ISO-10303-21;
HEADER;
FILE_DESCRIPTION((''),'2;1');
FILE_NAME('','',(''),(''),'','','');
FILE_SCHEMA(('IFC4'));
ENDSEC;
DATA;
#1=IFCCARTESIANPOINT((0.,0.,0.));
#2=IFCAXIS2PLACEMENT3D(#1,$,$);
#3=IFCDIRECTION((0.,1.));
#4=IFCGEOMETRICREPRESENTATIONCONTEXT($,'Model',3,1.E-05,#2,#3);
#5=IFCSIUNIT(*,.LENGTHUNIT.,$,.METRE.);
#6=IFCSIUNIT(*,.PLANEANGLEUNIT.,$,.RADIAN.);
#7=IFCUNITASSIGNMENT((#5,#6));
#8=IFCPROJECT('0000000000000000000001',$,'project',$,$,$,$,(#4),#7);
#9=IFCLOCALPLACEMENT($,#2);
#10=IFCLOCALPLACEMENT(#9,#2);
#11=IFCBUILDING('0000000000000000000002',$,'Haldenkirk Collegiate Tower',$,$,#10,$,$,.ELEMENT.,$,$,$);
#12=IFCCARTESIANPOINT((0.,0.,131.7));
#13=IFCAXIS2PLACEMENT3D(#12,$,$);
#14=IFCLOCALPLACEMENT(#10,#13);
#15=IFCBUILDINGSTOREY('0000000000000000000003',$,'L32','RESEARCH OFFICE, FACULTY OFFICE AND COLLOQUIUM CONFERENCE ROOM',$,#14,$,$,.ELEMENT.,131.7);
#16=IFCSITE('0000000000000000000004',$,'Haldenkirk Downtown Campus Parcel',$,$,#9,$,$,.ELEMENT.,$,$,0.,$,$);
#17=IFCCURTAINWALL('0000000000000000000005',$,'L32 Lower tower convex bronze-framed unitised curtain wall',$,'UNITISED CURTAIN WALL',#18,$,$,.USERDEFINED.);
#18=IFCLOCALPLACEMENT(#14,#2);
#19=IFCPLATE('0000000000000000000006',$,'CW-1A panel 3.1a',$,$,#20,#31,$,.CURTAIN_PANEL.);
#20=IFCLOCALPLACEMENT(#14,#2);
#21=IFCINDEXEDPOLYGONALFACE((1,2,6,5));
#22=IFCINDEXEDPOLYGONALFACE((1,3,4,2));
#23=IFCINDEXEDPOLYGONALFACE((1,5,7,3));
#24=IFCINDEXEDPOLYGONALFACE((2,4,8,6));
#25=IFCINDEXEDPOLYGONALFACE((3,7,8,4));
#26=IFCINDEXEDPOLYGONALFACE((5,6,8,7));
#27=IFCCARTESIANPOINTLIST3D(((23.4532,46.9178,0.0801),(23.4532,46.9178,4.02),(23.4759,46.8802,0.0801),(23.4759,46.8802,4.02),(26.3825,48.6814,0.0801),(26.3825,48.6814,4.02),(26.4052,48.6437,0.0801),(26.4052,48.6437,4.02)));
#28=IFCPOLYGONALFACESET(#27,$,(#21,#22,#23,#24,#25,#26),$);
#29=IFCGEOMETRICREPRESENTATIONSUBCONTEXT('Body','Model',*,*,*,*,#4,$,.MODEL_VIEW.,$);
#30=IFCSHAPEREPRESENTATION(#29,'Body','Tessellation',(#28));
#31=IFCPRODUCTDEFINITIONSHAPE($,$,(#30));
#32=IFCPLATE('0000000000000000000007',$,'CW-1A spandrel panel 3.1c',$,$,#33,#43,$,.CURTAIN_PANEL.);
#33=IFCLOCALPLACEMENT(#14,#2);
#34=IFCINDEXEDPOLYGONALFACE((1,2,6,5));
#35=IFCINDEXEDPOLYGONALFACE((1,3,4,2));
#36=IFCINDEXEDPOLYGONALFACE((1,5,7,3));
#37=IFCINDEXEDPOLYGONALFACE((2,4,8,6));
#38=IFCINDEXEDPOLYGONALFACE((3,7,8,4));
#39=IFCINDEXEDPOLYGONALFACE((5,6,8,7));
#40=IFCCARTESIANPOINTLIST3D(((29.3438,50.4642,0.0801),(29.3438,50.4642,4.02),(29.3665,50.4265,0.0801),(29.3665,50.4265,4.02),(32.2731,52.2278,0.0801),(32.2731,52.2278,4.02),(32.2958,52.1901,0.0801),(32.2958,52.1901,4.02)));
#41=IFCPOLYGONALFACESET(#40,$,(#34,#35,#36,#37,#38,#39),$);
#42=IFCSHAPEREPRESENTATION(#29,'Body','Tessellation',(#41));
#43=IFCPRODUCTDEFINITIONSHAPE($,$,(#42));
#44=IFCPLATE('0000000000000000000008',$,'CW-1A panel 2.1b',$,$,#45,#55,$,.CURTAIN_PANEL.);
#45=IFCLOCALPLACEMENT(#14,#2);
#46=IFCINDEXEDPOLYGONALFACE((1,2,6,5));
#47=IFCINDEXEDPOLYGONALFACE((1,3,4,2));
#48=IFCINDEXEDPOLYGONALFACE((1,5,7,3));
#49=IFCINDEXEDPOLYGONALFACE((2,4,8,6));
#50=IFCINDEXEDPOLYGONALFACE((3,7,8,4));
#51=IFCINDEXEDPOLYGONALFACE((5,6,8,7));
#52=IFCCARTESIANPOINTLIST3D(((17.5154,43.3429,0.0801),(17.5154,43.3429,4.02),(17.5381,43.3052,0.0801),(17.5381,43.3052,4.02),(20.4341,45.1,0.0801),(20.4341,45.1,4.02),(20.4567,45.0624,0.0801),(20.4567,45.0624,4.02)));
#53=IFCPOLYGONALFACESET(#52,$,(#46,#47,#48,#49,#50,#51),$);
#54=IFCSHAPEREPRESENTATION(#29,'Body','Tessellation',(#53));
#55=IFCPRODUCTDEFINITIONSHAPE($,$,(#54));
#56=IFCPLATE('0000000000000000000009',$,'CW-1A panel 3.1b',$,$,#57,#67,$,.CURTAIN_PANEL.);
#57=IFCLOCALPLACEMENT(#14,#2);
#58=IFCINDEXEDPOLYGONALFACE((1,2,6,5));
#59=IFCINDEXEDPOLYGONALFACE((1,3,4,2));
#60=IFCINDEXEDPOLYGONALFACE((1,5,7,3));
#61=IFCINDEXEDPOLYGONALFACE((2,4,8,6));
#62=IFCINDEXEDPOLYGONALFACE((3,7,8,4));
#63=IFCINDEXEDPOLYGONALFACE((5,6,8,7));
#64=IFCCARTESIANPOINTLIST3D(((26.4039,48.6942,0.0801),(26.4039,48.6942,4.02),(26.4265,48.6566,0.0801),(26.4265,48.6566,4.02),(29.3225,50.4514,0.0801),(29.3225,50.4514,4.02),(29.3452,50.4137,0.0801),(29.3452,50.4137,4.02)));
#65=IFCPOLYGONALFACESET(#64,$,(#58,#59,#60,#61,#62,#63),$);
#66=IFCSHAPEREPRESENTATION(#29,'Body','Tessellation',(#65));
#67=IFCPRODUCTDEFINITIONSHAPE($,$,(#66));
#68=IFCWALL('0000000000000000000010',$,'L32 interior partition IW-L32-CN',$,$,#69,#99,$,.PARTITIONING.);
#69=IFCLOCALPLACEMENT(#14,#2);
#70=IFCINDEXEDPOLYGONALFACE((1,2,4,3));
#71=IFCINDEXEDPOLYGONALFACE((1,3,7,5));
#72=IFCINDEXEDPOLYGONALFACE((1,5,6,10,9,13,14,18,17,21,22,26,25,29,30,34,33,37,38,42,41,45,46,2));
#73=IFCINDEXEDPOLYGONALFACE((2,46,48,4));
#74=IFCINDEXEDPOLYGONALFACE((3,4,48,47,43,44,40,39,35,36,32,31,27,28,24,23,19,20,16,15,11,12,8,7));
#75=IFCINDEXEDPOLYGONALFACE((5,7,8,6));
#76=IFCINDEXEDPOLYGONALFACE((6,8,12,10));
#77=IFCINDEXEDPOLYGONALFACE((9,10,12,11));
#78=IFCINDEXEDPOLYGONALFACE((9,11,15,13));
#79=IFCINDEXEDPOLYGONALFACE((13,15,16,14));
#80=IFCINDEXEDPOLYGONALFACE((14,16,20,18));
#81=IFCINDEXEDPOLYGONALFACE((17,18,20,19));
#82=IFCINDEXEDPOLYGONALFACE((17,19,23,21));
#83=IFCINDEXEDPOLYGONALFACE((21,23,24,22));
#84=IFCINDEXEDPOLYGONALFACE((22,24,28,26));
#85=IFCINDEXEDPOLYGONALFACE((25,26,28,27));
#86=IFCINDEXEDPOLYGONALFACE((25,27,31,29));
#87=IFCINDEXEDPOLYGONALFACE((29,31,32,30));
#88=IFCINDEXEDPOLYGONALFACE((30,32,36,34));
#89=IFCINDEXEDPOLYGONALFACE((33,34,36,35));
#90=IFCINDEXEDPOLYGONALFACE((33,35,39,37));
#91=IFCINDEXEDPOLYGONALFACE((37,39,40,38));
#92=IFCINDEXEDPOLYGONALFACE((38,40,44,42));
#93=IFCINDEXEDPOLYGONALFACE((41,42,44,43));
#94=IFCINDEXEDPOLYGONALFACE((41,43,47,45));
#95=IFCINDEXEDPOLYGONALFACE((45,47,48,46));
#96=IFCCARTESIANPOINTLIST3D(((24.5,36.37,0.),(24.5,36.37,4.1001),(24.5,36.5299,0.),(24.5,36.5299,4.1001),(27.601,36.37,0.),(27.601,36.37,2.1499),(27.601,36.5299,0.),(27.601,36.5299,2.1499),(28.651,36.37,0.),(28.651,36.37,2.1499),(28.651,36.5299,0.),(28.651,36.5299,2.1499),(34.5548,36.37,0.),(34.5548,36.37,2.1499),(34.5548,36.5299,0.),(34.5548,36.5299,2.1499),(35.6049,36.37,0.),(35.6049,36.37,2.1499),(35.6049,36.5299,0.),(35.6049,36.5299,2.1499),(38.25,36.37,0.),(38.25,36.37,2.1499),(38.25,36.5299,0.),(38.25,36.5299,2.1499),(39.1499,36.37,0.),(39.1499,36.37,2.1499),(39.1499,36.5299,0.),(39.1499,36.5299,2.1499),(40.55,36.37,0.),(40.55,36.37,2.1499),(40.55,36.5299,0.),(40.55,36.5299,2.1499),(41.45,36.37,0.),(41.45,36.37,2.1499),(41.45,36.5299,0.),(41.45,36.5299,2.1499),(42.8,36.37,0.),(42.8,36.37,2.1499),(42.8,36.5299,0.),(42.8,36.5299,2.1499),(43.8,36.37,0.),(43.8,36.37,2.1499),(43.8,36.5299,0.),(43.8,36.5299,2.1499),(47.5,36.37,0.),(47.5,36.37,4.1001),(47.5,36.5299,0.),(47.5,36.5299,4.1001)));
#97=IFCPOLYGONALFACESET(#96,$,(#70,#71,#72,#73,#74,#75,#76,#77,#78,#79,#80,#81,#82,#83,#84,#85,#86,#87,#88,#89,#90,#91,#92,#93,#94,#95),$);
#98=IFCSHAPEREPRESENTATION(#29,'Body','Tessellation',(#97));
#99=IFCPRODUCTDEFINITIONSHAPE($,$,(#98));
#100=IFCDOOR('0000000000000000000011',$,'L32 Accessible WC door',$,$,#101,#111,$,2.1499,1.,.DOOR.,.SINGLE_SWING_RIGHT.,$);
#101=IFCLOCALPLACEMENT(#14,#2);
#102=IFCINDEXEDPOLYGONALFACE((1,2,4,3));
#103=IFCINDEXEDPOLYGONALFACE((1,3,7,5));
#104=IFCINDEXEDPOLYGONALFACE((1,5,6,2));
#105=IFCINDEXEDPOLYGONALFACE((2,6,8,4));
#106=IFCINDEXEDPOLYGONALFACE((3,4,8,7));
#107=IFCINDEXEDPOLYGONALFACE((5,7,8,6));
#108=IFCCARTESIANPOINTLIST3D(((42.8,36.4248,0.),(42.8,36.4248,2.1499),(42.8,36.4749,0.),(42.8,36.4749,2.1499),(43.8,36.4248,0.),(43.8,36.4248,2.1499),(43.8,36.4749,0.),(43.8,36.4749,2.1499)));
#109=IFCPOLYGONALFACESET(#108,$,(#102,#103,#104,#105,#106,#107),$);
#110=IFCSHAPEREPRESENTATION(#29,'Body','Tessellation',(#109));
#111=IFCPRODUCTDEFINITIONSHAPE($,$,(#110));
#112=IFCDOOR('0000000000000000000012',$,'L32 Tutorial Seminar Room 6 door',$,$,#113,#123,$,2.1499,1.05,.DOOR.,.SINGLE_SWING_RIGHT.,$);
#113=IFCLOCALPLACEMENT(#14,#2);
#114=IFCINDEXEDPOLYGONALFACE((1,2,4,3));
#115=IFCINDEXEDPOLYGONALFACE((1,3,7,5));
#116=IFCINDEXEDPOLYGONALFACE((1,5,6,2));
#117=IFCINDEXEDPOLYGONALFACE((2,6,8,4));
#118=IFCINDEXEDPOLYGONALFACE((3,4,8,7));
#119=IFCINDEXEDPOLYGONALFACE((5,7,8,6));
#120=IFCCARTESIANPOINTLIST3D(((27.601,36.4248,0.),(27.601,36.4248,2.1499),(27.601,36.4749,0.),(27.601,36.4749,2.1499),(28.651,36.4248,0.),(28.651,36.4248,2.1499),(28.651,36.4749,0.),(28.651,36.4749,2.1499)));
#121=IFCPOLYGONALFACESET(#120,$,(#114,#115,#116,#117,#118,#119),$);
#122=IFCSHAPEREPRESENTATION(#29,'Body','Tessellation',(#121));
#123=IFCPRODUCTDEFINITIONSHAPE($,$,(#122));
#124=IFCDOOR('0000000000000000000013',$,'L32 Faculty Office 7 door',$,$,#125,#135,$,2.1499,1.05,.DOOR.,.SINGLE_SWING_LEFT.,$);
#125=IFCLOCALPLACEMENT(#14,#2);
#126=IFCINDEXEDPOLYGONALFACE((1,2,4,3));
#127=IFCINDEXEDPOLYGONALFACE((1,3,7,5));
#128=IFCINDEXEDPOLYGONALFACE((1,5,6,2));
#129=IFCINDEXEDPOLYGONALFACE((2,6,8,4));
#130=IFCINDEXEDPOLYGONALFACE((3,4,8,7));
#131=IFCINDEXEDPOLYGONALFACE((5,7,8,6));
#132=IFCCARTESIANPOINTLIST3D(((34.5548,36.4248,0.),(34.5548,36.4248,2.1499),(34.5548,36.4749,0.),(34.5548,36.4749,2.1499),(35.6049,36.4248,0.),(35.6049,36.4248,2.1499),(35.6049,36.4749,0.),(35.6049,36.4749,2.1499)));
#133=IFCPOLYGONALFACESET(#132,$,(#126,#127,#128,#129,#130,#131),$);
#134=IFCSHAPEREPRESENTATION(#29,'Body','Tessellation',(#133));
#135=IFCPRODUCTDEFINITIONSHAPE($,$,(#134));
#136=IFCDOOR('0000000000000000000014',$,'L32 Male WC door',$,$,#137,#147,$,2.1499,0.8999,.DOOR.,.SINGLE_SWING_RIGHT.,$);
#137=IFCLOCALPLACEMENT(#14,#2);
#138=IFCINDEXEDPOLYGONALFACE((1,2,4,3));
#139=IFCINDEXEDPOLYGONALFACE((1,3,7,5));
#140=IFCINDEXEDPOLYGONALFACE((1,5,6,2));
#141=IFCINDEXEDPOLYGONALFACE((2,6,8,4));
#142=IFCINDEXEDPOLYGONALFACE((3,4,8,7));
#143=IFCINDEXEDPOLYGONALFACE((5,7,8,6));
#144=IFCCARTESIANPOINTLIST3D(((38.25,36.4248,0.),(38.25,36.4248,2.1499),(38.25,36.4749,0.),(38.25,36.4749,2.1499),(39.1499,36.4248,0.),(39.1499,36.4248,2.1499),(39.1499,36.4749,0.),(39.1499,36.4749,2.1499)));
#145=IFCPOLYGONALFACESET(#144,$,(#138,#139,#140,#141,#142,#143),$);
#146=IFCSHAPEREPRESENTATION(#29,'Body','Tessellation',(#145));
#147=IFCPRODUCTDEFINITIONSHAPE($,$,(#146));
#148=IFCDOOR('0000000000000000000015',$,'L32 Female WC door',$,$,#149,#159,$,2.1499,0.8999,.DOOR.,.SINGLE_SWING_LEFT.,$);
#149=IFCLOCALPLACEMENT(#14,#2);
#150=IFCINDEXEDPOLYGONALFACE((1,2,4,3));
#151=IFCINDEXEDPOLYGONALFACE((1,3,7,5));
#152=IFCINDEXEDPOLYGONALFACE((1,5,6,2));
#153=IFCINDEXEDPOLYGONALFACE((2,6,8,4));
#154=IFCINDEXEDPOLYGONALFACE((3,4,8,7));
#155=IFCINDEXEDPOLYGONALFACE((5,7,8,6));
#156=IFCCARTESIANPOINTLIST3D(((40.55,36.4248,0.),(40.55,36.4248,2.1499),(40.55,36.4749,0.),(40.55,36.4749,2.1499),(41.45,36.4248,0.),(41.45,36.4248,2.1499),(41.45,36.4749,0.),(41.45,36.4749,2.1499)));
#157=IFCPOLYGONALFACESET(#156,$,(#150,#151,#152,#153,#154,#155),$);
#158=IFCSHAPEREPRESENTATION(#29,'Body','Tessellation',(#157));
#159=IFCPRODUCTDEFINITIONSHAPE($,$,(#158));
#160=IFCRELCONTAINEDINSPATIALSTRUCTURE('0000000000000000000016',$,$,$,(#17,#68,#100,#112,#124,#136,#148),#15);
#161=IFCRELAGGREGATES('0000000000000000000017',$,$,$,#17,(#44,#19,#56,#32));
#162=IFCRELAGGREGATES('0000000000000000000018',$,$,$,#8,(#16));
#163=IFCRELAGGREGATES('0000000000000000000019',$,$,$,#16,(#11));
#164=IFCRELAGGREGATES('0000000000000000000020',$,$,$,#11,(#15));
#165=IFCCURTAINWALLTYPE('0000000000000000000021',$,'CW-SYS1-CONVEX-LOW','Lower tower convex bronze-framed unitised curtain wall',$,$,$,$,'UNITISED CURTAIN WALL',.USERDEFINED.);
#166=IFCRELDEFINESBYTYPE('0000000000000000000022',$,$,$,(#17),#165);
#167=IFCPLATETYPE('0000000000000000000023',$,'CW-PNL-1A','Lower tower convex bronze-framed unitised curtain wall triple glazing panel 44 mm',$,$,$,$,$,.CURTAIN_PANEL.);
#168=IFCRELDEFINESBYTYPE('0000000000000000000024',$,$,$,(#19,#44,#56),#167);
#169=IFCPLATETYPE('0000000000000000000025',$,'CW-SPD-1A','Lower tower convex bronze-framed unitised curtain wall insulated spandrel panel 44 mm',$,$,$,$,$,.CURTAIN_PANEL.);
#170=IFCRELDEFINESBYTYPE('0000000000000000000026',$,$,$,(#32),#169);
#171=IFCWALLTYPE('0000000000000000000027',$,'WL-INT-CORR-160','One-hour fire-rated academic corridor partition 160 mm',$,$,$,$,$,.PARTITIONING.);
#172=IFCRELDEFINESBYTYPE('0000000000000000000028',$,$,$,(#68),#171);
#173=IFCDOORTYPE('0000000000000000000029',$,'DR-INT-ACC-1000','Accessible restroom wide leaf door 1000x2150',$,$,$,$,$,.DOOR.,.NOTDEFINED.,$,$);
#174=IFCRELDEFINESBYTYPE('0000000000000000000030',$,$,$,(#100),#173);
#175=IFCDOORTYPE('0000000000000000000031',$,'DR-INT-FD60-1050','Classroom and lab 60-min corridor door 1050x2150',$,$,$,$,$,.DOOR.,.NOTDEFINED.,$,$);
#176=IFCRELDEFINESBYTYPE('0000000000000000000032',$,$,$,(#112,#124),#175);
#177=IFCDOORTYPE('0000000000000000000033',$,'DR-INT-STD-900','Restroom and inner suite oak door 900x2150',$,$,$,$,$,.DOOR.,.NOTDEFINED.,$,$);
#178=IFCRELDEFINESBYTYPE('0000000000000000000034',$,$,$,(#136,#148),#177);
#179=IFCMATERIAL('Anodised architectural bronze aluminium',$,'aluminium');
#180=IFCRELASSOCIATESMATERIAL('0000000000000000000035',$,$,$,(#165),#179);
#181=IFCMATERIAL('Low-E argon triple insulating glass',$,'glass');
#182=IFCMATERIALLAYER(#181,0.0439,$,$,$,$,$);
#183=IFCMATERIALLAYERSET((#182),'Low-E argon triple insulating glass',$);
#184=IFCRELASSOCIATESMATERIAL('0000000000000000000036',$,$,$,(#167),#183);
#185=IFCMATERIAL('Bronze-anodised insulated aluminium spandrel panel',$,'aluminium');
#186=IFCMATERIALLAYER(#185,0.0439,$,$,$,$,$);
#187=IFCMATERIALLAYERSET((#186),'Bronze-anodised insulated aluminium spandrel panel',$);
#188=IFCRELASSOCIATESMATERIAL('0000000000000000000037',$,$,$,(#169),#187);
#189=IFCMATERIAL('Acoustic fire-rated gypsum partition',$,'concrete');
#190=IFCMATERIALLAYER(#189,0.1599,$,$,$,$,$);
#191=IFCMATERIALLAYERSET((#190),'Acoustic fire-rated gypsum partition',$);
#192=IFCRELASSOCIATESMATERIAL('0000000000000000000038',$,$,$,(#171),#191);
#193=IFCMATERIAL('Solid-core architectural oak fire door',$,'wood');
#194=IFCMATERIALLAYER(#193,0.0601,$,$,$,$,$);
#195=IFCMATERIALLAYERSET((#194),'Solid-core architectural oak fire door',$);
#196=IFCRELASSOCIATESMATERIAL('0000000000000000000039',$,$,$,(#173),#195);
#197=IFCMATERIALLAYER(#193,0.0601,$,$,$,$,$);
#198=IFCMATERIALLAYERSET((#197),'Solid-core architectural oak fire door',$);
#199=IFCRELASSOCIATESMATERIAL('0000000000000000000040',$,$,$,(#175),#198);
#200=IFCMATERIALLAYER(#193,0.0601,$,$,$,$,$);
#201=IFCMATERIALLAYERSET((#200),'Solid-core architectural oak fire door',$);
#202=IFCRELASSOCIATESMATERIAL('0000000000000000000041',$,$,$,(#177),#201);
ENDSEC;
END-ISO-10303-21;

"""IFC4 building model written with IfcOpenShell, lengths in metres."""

from ifc_helpers import new_model, si_unit, direction, frame, frame_2d, origin, origin_2d, place, context, subcontext, project, spatial, rectangle, extrude, source, transform, mapped, material, layer, layer_set, type_object, element, fill, aggregate, save


model = new_model("IFC4")

# Units and contexts
model_context = context("Model", 3, precision=1e-05, world=origin(), true_north=direction((0.0, 1.0)))
body_context = subcontext(model_context, "Body", "Model", "MODEL_VIEW")
ifc_project = project(units=[si_unit("LENGTHUNIT", "METRE"), si_unit("PLANEANGLEUNIT", "RADIAN")], contexts=[model_context])

# Site, building, storey
site_placement = place(None, origin())
site = spatial("IfcSite", under=ifc_project, at=site_placement, Name="Haldenkirk Downtown Campus Parcel", CompositionType="ELEMENT", RefElevation=0.0)
building_placement = place(site_placement, origin())
building = spatial("IfcBuilding", under=site, at=building_placement, Name="Haldenkirk Collegiate Tower", CompositionType="ELEMENT")
storey_placement = place(building_placement, frame((0.0, 0.0, 131.7)))
storey = spatial("IfcBuildingStorey", under=building, at=storey_placement, Name="L32", Description="RESEARCH OFFICE, FACULTY OFFICE AND COLLOQUIUM CONFERENCE ROOM", CompositionType="ELEMENT", Elevation=131.7)

# Curtain wall, plates
ifc_material_1 = material(Name="Anodised architectural bronze aluminium", Category="aluminium")
curtain_wall_type = type_object("IfcCurtainWallType", Name="CW-SYS1-CONVEX-LOW", Description="Lower tower convex bronze-framed unitised curtain wall", ElementType="UNITISED CURTAIN WALL", PredefinedType="USERDEFINED", material=ifc_material_1)
curtain_wall_placement = place(storey_placement, origin())
curtain_wall = element("IfcCurtainWall", 1, at=curtain_wall_placement, inside=storey, type_object=curtain_wall_type, Name="L32 Lower tower convex bronze-framed unitised curtain wall", ObjectType="UNITISED CURTAIN WALL", PredefinedType="USERDEFINED")
ifc_material_2 = material(Name="Low-E argon triple insulating glass", Category="glass")
ifc_layer_1 = layer(ifc_material_2, 0.0439)
ifc_layer_set_1 = layer_set([ifc_layer_1], Name="Low-E argon triple insulating glass")
plate_type_1 = type_object("IfcPlateType", Name="CW-PNL-1A", Description="Lower tower convex bronze-framed unitised curtain wall triple glazing panel 44 mm", PredefinedType="CURTAIN_PANEL", material=ifc_layer_set_1)
shared_shape_1 = source(origin(), body_context, "Body", "SweptSolid", [
    extrude(rectangle(XDim=3.4192, YDim=0.0439, at=origin_2d()), origin(), (0.0, 0.0, 1.0), 3.9399),
])
ifc_material_3 = material(Name="Bronze-anodised insulated aluminium spandrel panel", Category="aluminium")
ifc_layer_2 = layer(ifc_material_3, 0.0439)
ifc_layer_set_2 = layer_set([ifc_layer_2], Name="Bronze-anodised insulated aluminium spandrel panel")
plate_type_2 = type_object("IfcPlateType", Name="CW-SPD-1A", Description="Lower tower convex bronze-framed unitised curtain wall insulated spandrel panel 44 mm", PredefinedType="CURTAIN_PANEL", material=ifc_layer_set_2)
plate_1_placement = place(storey_placement, frame((24.9292, 47.7808, 0.0801), z_axis=(0.0, 0.0, 1.0), x_axis=(0.856718, 0.515784, 0.0)))
plate_1 = element("IfcPlate", 2, at=plate_1_placement, type_object=plate_type_1, Name="CW-1A panel 3.1a", PredefinedType="CURTAIN_PANEL", context=body_context, shape_type="MappedRepresentation", body=[
    mapped(shared_shape_1, transform((0.0, 0.0, 0.0), x_axis=(1.0, 0.0, 0.0), y_axis=(0.0, 1.0, 0.0), z_axis=(0.0, 0.0, 1.0), scale=1.0)),
])
plate_2_placement = place(storey_placement, frame((30.8198, 51.3271, 0.0801), z_axis=(0.0, 0.0, 1.0), x_axis=(0.856718, 0.515784, 0.0)))
plate_2 = element("IfcPlate", 3, at=plate_2_placement, type_object=plate_type_2, Name="CW-1A spandrel panel 3.1c", PredefinedType="CURTAIN_PANEL", context=body_context, shape_type="MappedRepresentation", body=[
    mapped(shared_shape_1, transform((0.0, 0.0, 0.0), x_axis=(1.0, 0.0, 0.0), y_axis=(0.0, 1.0, 0.0), z_axis=(0.0, 0.0, 1.0), scale=1.0)),
])
shared_shape_2 = source(origin(), body_context, "Body", "SweptSolid", [
    extrude(rectangle(XDim=3.4067, YDim=0.0439, at=origin_2d()), origin(), (0.0, 0.0, 1.0), 3.9399),
])
plate_3_placement = place(storey_placement, frame((18.9861, 44.2026, 0.0801), z_axis=(0.0, 0.0, 1.0), x_axis=(0.856718, 0.515784, 0.0)))
plate_3 = element("IfcPlate", 4, at=plate_3_placement, type_object=plate_type_1, Name="CW-1A panel 2.1b", PredefinedType="CURTAIN_PANEL", context=body_context, shape_type="MappedRepresentation", body=[
    mapped(shared_shape_2, transform((0.0, 0.0, 0.0), x_axis=(1.0, 0.0, 0.0), y_axis=(0.0, 1.0, 0.0), z_axis=(0.0, 0.0, 1.0), scale=1.0)),
])
plate_4_placement = place(storey_placement, frame((27.8745, 49.554, 0.0801), z_axis=(0.0, 0.0, 1.0), x_axis=(0.856718, 0.515784, 0.0)))
plate_4 = element("IfcPlate", 5, at=plate_4_placement, type_object=plate_type_1, Name="CW-1A panel 3.1b", PredefinedType="CURTAIN_PANEL", context=body_context, shape_type="MappedRepresentation", body=[
    mapped(shared_shape_2, transform((0.0, 0.0, 0.0), x_axis=(1.0, 0.0, 0.0), y_axis=(0.0, 1.0, 0.0), z_axis=(0.0, 0.0, 1.0), scale=1.0)),
])
aggregate(curtain_wall, [plate_3, plate_1, plate_4, plate_2])

# Wall, openings, doors
ifc_material_4 = material(Name="Acoustic fire-rated gypsum partition", Category="concrete")
ifc_layer_3 = layer(ifc_material_4, 0.1599)
ifc_layer_set_3 = layer_set([ifc_layer_3], Name="Acoustic fire-rated gypsum partition")
wall_type_1 = type_object("IfcWallType", Name="WL-INT-CORR-160", Description="One-hour fire-rated academic corridor partition 160 mm", PredefinedType="PARTITIONING", material=ifc_layer_set_3)
wall_1_placement = place(storey_placement, frame((24.5, 36.45, 0.0), z_axis=(0.0, 0.0, 1.0), x_axis=(1.0, 0.0, 0.0)))
wall_1 = element("IfcWall", 6, at=wall_1_placement, inside=storey, type_object=wall_type_1, Name="L32 interior partition IW-L32-CN", PredefinedType="PARTITIONING", context=body_context, shape_type="SweptSolid", body=[
    extrude(rectangle(XDim=23.0, YDim=0.1599, at=frame_2d((11.5, 0.0))), origin(), (0.0, 0.0, 1.0), 4.1001),
])
opening_1_placement = place(wall_1_placement, frame((13.75, 0.0, 0.0)))
opening_1 = element("IfcOpeningElement", 7, at=opening_1_placement, cuts=wall_1, PredefinedType="OPENING", context=body_context, shape_type="SweptSolid", body=[
    extrude(rectangle(XDim=0.8999, YDim=2.1499, at=frame_2d((0.45, 1.075))), frame((0.0, 0.0898, 0.0), z_axis=(0.0, -1.0, 0.0), x_axis=(1.0, 0.0, 0.0)), (0.0, 0.0, 1.0), 0.1799),
])
opening_2_placement = place(wall_1_placement, frame((16.05, 0.0, 0.0)))
opening_2 = element("IfcOpeningElement", 8, at=opening_2_placement, cuts=wall_1, PredefinedType="OPENING", context=body_context, shape_type="SweptSolid", body=[
    extrude(rectangle(XDim=0.8999, YDim=2.1499, at=frame_2d((0.45, 1.075))), frame((0.0, 0.0898, 0.0), z_axis=(0.0, -1.0, 0.0), x_axis=(1.0, 0.0, 0.0)), (0.0, 0.0, 1.0), 0.1799),
])
opening_3_placement = place(wall_1_placement, frame((18.3, 0.0, 0.0)))
opening_3 = element("IfcOpeningElement", 9, at=opening_3_placement, cuts=wall_1, PredefinedType="OPENING", context=body_context, shape_type="SweptSolid", body=[
    extrude(rectangle(XDim=1.0, YDim=2.1499, at=frame_2d((0.5, 1.075))), frame((0.0, 0.0898, 0.0), z_axis=(0.0, -1.0, 0.0), x_axis=(1.0, 0.0, 0.0)), (0.0, 0.0, 1.0), 0.1799),
])
opening_4_placement = place(wall_1_placement, frame((3.1011, 0.0, 0.0)))
opening_4 = element("IfcOpeningElement", 10, at=opening_4_placement, cuts=wall_1, PredefinedType="OPENING", context=body_context, shape_type="SweptSolid", body=[
    extrude(rectangle(XDim=1.05, YDim=2.1499, at=frame_2d((0.5249, 1.075))), frame((0.0, 0.0898, 0.0), z_axis=(0.0, -1.0, 0.0), x_axis=(1.0, 0.0, 0.0)), (0.0, 0.0, 1.0), 0.1799),
])
opening_5_placement = place(wall_1_placement, frame((10.0549, 0.0, 0.0)))
opening_5 = element("IfcOpeningElement", 11, at=opening_5_placement, cuts=wall_1, PredefinedType="OPENING", context=body_context, shape_type="SweptSolid", body=[
    extrude(rectangle(XDim=1.05, YDim=2.1499, at=frame_2d((0.5249, 1.075))), frame((0.0, 0.0898, 0.0), z_axis=(0.0, -1.0, 0.0), x_axis=(1.0, 0.0, 0.0)), (0.0, 0.0, 1.0), 0.1799),
])
ifc_material_5 = material(Name="Solid-core architectural oak fire door", Category="wood")
ifc_layer_4 = layer(ifc_material_5, 0.0601)
ifc_layer_set_4 = layer_set([ifc_layer_4], Name="Solid-core architectural oak fire door")
door_type_1 = type_object("IfcDoorType", Name="DR-INT-ACC-1000", Description="Accessible restroom wide leaf door 1000x2150", OperationType="NOTDEFINED", PredefinedType="DOOR", material=ifc_layer_set_4)
door_1_placement = place(opening_3_placement, origin())
door_1 = element("IfcDoor", 12, at=door_1_placement, inside=storey, type_object=door_type_1, Name="L32 Accessible WC door", OperationType="SINGLE_SWING_RIGHT", OverallHeight=2.1499, OverallWidth=1.0, PredefinedType="DOOR", context=body_context, shape_type="SweptSolid", body=[
    extrude(rectangle(XDim=1.0, YDim=2.1499, at=frame_2d((0.5, 1.075))), frame((0.0, 0.0249, 0.0), z_axis=(0.0, -1.0, 0.0), x_axis=(1.0, 0.0, 0.0)), (0.0, 0.0, 1.0), 0.05),
])
fill(opening_3, door_1)
ifc_layer_5 = layer(ifc_material_5, 0.0601)
ifc_layer_set_5 = layer_set([ifc_layer_5], Name="Solid-core architectural oak fire door")
door_type_2 = type_object("IfcDoorType", Name="DR-INT-FD60-1050", Description="Classroom and lab 60-min corridor door 1050x2150", OperationType="NOTDEFINED", PredefinedType="DOOR", material=ifc_layer_set_5)
door_2_placement = place(opening_4_placement, origin())
door_2 = element("IfcDoor", 13, at=door_2_placement, inside=storey, type_object=door_type_2, Name="L32 Tutorial Seminar Room 6 door", OperationType="SINGLE_SWING_RIGHT", OverallHeight=2.1499, OverallWidth=1.05, PredefinedType="DOOR", context=body_context, shape_type="SweptSolid", body=[
    extrude(rectangle(XDim=1.05, YDim=2.1499, at=frame_2d((0.5249, 1.075))), frame((0.0, 0.0249, 0.0), z_axis=(0.0, -1.0, 0.0), x_axis=(1.0, 0.0, 0.0)), (0.0, 0.0, 1.0), 0.05),
])
fill(opening_4, door_2)
door_3_placement = place(opening_5_placement, origin())
door_3 = element("IfcDoor", 14, at=door_3_placement, inside=storey, type_object=door_type_2, Name="L32 Faculty Office 7 door", OperationType="SINGLE_SWING_LEFT", OverallHeight=2.1499, OverallWidth=1.05, PredefinedType="DOOR", context=body_context, shape_type="SweptSolid", body=[
    extrude(rectangle(XDim=1.05, YDim=2.1499, at=frame_2d((0.5249, 1.075))), frame((0.0, 0.0249, 0.0), z_axis=(0.0, -1.0, 0.0), x_axis=(1.0, 0.0, 0.0)), (0.0, 0.0, 1.0), 0.05),
])
fill(opening_5, door_3)
ifc_layer_6 = layer(ifc_material_5, 0.0601)
ifc_layer_set_6 = layer_set([ifc_layer_6], Name="Solid-core architectural oak fire door")
door_type_3 = type_object("IfcDoorType", Name="DR-INT-STD-900", Description="Restroom and inner suite oak door 900x2150", OperationType="NOTDEFINED", PredefinedType="DOOR", material=ifc_layer_set_6)
door_4_placement = place(opening_1_placement, origin())
door_4 = element("IfcDoor", 15, at=door_4_placement, inside=storey, type_object=door_type_3, Name="L32 Male WC door", OperationType="SINGLE_SWING_RIGHT", OverallHeight=2.1499, OverallWidth=0.8999, PredefinedType="DOOR", context=body_context, shape_type="SweptSolid", body=[
    extrude(rectangle(XDim=0.8999, YDim=2.1499, at=frame_2d((0.45, 1.075))), frame((0.0, 0.0249, 0.0), z_axis=(0.0, -1.0, 0.0), x_axis=(1.0, 0.0, 0.0)), (0.0, 0.0, 1.0), 0.05),
])
fill(opening_1, door_4)
door_5_placement = place(opening_2_placement, origin())
door_5 = element("IfcDoor", 16, at=door_5_placement, inside=storey, type_object=door_type_3, Name="L32 Female WC door", OperationType="SINGLE_SWING_LEFT", OverallHeight=2.1499, OverallWidth=0.8999, PredefinedType="DOOR", context=body_context, shape_type="SweptSolid", body=[
    extrude(rectangle(XDim=0.8999, YDim=2.1499, at=frame_2d((0.45, 1.075))), frame((0.0, 0.0249, 0.0), z_axis=(0.0, -1.0, 0.0), x_axis=(1.0, 0.0, 0.0)), (0.0, 0.0, 1.0), 0.05),
])
fill(opening_2, door_5)

save(model, "model.ifc")
